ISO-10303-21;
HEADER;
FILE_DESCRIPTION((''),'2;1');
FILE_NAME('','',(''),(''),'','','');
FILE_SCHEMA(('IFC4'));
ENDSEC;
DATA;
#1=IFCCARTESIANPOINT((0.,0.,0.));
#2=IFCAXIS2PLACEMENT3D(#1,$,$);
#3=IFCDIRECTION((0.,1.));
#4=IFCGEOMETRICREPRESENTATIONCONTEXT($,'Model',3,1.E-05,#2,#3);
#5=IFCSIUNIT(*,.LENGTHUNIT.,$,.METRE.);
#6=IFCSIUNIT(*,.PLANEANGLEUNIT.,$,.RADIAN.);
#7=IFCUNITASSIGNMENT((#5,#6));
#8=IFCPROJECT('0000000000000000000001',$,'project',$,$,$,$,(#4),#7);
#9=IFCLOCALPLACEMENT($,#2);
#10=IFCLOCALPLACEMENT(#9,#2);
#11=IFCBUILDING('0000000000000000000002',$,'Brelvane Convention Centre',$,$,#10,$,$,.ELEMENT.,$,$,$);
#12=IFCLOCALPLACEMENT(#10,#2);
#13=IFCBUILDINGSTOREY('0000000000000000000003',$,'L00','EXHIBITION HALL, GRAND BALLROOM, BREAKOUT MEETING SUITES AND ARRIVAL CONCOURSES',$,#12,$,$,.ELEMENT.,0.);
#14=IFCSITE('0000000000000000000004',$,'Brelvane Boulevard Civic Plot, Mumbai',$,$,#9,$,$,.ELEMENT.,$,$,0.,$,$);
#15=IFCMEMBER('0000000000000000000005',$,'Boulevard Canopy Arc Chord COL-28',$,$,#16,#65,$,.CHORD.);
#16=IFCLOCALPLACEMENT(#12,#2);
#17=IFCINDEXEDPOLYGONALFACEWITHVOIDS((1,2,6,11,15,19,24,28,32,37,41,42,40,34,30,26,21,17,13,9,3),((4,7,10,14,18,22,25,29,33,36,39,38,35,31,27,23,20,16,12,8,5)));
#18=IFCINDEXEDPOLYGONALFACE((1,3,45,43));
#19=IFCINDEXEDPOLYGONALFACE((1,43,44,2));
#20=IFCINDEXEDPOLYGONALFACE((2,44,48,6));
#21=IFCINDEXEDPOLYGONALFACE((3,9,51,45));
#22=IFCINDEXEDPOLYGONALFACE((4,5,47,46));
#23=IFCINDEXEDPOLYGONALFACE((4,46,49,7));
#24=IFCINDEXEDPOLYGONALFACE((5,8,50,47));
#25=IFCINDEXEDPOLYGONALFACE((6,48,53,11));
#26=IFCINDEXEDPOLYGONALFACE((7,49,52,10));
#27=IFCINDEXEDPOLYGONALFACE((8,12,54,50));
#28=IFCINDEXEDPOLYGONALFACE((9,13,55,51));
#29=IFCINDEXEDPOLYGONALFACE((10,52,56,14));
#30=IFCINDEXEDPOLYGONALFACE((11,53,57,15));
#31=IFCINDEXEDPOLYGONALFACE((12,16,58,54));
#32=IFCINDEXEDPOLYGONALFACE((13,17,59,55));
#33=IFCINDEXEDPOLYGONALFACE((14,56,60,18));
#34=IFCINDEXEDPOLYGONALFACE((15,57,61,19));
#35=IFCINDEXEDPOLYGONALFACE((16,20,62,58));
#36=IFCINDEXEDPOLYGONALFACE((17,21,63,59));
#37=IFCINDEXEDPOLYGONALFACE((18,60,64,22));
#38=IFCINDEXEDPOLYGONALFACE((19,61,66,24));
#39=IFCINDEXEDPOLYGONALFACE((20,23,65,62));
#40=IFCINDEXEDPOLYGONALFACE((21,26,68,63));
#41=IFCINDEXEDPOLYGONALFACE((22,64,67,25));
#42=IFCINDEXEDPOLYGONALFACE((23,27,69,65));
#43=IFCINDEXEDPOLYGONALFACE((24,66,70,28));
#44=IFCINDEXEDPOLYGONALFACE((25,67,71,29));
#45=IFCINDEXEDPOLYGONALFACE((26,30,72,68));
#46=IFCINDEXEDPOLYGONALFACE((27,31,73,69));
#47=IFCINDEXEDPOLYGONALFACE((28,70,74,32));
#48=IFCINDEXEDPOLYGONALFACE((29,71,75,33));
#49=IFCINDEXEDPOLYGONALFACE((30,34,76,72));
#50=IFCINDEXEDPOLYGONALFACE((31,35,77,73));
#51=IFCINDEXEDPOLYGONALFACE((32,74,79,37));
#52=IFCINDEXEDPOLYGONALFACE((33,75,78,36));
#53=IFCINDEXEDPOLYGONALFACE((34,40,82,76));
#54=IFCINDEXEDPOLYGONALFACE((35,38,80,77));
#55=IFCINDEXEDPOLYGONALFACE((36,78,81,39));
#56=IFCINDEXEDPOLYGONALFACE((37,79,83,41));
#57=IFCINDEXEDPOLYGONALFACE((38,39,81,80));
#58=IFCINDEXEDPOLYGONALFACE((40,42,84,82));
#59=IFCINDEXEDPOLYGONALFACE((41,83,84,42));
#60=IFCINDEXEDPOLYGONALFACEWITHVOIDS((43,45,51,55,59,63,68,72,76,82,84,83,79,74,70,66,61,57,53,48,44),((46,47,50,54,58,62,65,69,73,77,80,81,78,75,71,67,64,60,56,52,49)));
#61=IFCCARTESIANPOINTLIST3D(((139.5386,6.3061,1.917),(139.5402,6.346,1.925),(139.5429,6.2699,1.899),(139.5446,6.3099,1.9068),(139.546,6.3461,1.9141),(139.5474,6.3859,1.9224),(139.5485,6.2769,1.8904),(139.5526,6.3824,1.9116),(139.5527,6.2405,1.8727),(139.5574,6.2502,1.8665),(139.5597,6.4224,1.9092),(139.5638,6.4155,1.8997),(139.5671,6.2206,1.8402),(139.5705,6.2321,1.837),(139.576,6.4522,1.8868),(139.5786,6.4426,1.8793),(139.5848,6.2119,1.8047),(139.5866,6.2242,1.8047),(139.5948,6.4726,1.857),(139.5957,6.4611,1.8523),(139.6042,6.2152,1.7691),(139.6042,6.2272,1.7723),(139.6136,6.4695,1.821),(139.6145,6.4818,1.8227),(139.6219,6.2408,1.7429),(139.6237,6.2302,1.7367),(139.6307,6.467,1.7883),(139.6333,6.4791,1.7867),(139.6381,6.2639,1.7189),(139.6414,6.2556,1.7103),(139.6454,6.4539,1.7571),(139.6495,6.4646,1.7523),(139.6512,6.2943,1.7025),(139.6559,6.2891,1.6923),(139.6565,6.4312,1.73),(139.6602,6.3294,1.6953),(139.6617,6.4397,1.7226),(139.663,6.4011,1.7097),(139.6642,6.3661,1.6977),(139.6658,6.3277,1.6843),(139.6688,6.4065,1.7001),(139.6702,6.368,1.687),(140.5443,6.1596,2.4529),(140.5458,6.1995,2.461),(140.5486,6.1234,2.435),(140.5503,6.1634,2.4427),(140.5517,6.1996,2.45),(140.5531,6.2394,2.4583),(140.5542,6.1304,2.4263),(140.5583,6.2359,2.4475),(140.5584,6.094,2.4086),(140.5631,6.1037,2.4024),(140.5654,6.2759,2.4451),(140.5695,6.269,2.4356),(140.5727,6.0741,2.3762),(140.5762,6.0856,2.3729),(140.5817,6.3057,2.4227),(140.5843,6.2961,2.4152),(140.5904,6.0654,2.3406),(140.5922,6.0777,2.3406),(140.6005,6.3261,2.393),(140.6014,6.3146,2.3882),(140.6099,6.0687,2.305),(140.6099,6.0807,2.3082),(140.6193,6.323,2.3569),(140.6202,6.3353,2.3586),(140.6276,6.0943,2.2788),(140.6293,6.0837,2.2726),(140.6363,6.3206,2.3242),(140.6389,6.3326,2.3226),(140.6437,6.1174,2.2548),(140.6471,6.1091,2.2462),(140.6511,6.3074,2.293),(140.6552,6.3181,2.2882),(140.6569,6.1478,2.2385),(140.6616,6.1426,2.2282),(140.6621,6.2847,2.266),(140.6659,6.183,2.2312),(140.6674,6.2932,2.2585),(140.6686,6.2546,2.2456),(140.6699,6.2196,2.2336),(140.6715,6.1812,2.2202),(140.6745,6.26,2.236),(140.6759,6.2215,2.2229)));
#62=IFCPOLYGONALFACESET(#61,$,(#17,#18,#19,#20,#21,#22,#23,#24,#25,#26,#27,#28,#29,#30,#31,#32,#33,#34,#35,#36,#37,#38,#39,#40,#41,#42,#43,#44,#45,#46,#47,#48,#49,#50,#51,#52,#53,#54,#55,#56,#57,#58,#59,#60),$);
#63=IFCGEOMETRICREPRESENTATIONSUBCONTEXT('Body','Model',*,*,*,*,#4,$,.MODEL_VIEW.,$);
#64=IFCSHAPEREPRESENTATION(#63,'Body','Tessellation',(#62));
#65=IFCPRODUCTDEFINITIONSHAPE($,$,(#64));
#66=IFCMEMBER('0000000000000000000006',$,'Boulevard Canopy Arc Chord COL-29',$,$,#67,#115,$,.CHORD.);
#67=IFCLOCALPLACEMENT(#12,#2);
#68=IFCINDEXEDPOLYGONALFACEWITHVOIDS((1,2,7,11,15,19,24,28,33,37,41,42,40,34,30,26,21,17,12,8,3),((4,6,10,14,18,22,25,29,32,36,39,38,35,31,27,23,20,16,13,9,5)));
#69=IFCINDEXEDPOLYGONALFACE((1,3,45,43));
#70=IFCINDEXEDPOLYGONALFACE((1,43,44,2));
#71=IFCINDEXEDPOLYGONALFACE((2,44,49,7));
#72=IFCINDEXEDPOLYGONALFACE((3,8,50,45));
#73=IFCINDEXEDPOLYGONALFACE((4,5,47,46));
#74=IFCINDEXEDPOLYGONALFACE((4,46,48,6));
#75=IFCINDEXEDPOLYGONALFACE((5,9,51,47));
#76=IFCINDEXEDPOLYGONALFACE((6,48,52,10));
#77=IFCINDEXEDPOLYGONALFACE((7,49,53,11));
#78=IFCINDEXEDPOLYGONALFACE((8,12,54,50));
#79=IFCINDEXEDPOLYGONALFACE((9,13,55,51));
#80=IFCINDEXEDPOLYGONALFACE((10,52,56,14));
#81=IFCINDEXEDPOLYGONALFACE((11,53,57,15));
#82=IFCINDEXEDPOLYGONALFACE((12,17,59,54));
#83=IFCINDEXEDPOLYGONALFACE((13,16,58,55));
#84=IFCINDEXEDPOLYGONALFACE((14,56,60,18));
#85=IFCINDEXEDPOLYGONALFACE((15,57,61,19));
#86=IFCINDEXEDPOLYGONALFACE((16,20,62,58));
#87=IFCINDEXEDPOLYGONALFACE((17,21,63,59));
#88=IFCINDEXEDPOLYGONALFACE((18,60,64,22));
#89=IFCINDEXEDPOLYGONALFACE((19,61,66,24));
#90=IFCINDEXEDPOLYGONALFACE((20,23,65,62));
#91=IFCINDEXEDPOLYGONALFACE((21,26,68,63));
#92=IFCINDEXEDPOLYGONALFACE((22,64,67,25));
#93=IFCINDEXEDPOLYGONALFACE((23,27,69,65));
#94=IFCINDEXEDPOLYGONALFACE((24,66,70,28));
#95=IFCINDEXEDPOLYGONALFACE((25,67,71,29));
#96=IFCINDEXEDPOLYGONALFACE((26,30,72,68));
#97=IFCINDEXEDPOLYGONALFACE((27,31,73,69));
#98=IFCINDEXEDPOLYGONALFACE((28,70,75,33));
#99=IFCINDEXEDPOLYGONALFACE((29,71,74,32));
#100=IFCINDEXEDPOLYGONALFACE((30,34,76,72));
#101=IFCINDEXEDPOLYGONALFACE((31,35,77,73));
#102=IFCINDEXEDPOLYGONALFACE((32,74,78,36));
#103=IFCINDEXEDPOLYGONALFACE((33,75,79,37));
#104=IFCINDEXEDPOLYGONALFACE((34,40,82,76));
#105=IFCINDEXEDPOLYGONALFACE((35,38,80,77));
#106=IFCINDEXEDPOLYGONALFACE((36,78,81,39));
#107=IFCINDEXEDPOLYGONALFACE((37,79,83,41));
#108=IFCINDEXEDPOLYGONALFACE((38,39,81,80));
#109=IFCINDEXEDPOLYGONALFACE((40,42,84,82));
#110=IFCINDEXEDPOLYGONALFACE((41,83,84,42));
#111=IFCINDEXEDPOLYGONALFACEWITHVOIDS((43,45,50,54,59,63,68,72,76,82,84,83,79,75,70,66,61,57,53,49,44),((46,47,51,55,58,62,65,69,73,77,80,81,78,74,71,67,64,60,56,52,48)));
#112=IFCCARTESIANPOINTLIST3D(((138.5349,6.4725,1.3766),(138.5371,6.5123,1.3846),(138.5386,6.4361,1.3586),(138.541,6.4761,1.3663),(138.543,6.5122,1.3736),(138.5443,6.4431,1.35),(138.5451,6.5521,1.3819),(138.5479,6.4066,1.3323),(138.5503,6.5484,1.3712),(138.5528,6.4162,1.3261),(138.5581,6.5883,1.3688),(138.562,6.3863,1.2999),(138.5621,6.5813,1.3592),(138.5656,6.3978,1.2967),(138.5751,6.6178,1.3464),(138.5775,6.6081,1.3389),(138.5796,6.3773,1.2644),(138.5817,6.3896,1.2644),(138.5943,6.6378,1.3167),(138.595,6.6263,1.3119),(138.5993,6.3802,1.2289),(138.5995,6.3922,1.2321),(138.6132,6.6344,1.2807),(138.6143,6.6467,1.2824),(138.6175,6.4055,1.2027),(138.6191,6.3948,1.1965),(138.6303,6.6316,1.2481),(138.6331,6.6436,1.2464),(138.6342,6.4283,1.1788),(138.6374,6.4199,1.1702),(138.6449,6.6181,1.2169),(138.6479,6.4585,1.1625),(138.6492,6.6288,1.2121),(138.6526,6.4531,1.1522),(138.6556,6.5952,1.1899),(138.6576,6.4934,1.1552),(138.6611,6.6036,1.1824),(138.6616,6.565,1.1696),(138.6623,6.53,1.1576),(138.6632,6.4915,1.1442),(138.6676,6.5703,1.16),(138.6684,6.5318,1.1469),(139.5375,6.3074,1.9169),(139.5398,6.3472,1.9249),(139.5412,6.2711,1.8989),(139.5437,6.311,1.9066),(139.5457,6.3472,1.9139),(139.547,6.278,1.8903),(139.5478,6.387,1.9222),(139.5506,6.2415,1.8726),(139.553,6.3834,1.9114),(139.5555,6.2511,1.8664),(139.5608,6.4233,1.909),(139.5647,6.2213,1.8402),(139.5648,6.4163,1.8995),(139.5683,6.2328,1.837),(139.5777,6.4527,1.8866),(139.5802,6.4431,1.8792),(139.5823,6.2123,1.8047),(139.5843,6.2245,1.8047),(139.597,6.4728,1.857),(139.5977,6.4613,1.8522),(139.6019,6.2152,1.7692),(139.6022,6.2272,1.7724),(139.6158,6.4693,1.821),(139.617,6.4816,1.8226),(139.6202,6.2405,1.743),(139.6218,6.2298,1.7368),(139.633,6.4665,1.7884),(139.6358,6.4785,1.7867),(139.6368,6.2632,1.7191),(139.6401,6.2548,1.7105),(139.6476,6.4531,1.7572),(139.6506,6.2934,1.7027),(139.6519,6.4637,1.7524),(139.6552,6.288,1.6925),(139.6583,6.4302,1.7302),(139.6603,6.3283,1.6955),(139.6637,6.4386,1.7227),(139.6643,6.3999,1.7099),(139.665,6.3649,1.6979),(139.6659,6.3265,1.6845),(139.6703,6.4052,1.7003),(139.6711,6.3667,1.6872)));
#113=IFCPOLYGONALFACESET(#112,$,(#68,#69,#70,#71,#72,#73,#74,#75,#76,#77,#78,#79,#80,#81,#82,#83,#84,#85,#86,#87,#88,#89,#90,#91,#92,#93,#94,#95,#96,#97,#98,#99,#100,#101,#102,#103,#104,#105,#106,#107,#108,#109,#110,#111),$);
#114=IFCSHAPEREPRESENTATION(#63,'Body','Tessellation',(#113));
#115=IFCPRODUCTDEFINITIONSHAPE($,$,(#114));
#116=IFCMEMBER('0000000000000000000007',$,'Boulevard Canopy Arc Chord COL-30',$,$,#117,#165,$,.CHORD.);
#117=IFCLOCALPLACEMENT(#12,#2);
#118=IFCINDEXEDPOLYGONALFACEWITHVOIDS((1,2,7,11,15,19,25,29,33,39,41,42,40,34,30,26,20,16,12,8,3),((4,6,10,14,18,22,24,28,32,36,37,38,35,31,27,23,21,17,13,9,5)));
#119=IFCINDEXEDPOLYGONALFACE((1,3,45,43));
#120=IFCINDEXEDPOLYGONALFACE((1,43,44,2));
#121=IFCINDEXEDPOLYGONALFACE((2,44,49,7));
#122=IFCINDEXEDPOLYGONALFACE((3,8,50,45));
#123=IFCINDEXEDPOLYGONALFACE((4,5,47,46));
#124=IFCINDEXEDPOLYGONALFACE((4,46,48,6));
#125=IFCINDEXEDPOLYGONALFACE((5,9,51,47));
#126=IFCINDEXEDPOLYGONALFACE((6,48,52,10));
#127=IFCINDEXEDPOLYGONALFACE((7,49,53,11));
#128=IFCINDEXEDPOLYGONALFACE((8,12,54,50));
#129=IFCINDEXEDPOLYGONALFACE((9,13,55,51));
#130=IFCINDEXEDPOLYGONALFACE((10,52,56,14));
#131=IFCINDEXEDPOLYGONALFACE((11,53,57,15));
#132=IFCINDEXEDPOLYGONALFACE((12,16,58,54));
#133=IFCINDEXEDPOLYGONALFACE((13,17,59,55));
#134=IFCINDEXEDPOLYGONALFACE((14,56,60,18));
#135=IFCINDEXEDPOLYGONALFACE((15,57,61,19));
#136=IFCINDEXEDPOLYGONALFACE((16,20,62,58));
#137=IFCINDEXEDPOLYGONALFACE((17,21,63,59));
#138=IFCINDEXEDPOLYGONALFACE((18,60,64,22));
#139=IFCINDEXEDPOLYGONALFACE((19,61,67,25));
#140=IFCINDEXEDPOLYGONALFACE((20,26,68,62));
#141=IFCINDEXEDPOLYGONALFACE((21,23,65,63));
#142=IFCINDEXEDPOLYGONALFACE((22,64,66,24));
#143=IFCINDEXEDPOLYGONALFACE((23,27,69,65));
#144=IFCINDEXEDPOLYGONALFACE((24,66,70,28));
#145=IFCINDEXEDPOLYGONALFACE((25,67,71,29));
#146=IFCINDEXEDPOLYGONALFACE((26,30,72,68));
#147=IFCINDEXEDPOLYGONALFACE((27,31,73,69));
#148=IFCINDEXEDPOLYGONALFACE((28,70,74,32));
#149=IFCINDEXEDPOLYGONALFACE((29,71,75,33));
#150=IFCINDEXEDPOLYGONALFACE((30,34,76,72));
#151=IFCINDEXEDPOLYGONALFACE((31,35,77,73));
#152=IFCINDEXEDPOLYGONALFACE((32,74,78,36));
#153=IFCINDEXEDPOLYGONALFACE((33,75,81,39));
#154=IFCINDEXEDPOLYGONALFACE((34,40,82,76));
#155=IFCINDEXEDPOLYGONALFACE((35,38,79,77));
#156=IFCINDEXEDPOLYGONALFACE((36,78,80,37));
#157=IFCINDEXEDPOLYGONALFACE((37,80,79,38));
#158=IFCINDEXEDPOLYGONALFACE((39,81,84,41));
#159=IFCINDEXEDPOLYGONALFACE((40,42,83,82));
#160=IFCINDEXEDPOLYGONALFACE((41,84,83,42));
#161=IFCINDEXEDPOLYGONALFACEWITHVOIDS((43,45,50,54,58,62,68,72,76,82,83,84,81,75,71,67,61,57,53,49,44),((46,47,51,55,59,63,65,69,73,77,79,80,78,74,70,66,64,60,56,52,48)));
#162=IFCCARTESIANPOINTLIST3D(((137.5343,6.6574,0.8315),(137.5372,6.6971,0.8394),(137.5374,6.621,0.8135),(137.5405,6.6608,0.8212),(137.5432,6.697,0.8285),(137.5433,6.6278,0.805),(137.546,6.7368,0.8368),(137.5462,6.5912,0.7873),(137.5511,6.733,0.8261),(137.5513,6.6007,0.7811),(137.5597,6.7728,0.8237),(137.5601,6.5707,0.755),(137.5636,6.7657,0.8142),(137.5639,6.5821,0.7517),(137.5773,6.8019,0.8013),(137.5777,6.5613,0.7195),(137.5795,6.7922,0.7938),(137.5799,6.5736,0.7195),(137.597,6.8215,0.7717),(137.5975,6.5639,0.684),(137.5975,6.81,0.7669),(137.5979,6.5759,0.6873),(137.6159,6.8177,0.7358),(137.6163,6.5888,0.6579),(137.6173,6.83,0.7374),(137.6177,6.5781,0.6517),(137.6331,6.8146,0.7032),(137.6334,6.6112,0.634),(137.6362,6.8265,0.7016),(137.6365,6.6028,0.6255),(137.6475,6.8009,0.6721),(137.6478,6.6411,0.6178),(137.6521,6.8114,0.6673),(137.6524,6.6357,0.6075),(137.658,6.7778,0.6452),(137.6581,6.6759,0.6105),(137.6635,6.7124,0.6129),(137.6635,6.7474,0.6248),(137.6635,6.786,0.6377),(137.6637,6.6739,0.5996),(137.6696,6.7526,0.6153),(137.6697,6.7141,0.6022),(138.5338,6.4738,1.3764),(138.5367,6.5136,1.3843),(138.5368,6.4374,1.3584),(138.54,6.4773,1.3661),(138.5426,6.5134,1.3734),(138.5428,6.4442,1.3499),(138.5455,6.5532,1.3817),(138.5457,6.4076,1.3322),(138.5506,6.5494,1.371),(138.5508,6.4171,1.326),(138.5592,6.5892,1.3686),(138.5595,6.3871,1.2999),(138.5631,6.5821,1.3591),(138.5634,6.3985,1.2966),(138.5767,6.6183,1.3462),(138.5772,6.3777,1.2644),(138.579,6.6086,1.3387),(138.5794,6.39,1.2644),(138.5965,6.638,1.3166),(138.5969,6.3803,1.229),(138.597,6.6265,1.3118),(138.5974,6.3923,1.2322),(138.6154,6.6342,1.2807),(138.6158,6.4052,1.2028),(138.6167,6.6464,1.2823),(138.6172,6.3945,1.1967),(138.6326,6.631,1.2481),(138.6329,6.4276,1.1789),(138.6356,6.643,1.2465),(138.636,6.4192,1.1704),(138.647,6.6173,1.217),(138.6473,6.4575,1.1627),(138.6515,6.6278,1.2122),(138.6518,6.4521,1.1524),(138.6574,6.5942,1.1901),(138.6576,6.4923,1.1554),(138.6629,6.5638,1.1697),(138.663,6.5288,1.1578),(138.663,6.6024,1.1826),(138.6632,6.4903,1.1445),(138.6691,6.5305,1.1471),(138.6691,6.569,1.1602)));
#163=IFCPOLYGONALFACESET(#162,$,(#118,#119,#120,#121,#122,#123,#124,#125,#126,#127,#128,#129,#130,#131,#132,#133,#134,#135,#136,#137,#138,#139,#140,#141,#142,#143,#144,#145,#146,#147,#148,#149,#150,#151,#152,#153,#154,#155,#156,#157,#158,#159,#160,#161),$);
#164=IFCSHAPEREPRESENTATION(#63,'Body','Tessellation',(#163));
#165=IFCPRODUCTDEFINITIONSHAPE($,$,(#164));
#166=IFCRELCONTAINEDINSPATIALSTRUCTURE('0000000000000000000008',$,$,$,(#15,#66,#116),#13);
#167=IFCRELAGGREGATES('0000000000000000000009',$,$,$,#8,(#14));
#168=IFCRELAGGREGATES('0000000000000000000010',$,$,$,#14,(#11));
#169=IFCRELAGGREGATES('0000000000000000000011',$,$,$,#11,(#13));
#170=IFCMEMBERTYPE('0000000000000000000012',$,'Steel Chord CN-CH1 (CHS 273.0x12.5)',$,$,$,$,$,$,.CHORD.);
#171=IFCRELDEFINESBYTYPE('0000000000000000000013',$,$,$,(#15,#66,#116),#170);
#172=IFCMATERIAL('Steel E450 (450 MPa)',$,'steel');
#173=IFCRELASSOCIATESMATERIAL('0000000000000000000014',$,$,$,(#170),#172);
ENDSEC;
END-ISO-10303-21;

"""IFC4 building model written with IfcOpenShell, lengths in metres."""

from ifc_helpers import new_model, si_unit, direction, frame, origin, origin_2d, place, context, subcontext, project, spatial, hollow_circle, extrude, material, material_profile, profile_set, type_object, element, save


model = new_model("IFC4")

# Units and contexts
model_context = context("Model", 3, precision=1e-05, world=origin(), true_north=direction((0.0, 1.0)))
body_context = subcontext(model_context, "Body", "Model", "MODEL_VIEW")
ifc_project = project(units=[si_unit("LENGTHUNIT", "METRE"), si_unit("PLANEANGLEUNIT", "RADIAN")], contexts=[model_context])

# Site, building, storey
site_placement = place(None, origin())
site = spatial("IfcSite", under=ifc_project, at=site_placement, Name="Brelvane Boulevard Civic Plot, Mumbai", CompositionType="ELEMENT", RefElevation=0.0)
building_placement = place(site_placement, origin())
building = spatial("IfcBuilding", under=site, at=building_placement, Name="Brelvane Convention Centre", CompositionType="ELEMENT")
storey_placement = place(building_placement, origin())
storey = spatial("IfcBuildingStorey", under=building, at=storey_placement, Name="L00", Description="EXHIBITION HALL, GRAND BALLROOM, BREAKOUT MEETING SUITES AND ARRIVAL CONCOURSES", CompositionType="ELEMENT", Elevation=0.0)

# Members
ifc_material_1 = material(Name="Steel E450 (450 MPa)", Category="steel")
ifc_material_profile_1 = material_profile(ifc_material_1, hollow_circle(Radius=0.1365, WallThickness=0.0125, at=origin_2d()), Name="CHS 273.0x12.5")
ifc_profile_set_1 = profile_set([ifc_material_profile_1], Name="Steel E450 (450 MPa)")
member_type_1 = type_object("IfcMemberType", Name="Steel Chord CN-CH1 (CHS 273.0x12.5)", PredefinedType="CHORD", material=ifc_profile_set_1)
member_1_placement = place(storey_placement, frame((140.6101, 6.2004, 2.3406), z_axis=(-0.87531, 0.127503, -0.46645), x_axis=(-0.144145, -0.989557, 0.0)))
element("IfcMember", 1, at=member_1_placement, inside=storey, type_object=member_type_1, Name="Boulevard Canopy Arc Chord COL-28", PredefinedType="CHORD", context=body_context, shape_type="SweptSolid", body=[
    extrude(hollow_circle(Radius=0.1365, WallThickness=0.0125, at=origin_2d()), origin(), (0.0, 0.0, 1.0), 1.1489),
])
member_2_placement = place(storey_placement, frame((139.6045, 6.3469, 1.8047), z_axis=(-0.871235, 0.143403, -0.469453), x_axis=(-0.162412, -0.986723, 0.0)))
element("IfcMember", 2, at=member_2_placement, inside=storey, type_object=member_type_1, Name="Boulevard Canopy Arc Chord COL-29", PredefinedType="CHORD", context=body_context, shape_type="SweptSolid", body=[
    extrude(hollow_circle(Radius=0.1365, WallThickness=0.0125, at=origin_2d()), origin(), (0.0, 0.0, 1.0), 1.1509),
])
member_3_placement = place(storey_placement, frame((138.6018, 6.512, 1.2644), z_axis=(-0.866794, 0.159216, -0.472566), x_axis=(-0.180661, -0.983545, 0.0)))
element("IfcMember", 3, at=member_3_placement, inside=storey, type_object=member_type_1, Name="Boulevard Canopy Arc Chord COL-30", PredefinedType="CHORD", context=body_context, shape_type="SweptSolid", body=[
    extrude(hollow_circle(Radius=0.1365, WallThickness=0.0125, at=origin_2d()), origin(), (0.0, 0.0, 1.0), 1.1531),
])

save(model, "model.ifc")
